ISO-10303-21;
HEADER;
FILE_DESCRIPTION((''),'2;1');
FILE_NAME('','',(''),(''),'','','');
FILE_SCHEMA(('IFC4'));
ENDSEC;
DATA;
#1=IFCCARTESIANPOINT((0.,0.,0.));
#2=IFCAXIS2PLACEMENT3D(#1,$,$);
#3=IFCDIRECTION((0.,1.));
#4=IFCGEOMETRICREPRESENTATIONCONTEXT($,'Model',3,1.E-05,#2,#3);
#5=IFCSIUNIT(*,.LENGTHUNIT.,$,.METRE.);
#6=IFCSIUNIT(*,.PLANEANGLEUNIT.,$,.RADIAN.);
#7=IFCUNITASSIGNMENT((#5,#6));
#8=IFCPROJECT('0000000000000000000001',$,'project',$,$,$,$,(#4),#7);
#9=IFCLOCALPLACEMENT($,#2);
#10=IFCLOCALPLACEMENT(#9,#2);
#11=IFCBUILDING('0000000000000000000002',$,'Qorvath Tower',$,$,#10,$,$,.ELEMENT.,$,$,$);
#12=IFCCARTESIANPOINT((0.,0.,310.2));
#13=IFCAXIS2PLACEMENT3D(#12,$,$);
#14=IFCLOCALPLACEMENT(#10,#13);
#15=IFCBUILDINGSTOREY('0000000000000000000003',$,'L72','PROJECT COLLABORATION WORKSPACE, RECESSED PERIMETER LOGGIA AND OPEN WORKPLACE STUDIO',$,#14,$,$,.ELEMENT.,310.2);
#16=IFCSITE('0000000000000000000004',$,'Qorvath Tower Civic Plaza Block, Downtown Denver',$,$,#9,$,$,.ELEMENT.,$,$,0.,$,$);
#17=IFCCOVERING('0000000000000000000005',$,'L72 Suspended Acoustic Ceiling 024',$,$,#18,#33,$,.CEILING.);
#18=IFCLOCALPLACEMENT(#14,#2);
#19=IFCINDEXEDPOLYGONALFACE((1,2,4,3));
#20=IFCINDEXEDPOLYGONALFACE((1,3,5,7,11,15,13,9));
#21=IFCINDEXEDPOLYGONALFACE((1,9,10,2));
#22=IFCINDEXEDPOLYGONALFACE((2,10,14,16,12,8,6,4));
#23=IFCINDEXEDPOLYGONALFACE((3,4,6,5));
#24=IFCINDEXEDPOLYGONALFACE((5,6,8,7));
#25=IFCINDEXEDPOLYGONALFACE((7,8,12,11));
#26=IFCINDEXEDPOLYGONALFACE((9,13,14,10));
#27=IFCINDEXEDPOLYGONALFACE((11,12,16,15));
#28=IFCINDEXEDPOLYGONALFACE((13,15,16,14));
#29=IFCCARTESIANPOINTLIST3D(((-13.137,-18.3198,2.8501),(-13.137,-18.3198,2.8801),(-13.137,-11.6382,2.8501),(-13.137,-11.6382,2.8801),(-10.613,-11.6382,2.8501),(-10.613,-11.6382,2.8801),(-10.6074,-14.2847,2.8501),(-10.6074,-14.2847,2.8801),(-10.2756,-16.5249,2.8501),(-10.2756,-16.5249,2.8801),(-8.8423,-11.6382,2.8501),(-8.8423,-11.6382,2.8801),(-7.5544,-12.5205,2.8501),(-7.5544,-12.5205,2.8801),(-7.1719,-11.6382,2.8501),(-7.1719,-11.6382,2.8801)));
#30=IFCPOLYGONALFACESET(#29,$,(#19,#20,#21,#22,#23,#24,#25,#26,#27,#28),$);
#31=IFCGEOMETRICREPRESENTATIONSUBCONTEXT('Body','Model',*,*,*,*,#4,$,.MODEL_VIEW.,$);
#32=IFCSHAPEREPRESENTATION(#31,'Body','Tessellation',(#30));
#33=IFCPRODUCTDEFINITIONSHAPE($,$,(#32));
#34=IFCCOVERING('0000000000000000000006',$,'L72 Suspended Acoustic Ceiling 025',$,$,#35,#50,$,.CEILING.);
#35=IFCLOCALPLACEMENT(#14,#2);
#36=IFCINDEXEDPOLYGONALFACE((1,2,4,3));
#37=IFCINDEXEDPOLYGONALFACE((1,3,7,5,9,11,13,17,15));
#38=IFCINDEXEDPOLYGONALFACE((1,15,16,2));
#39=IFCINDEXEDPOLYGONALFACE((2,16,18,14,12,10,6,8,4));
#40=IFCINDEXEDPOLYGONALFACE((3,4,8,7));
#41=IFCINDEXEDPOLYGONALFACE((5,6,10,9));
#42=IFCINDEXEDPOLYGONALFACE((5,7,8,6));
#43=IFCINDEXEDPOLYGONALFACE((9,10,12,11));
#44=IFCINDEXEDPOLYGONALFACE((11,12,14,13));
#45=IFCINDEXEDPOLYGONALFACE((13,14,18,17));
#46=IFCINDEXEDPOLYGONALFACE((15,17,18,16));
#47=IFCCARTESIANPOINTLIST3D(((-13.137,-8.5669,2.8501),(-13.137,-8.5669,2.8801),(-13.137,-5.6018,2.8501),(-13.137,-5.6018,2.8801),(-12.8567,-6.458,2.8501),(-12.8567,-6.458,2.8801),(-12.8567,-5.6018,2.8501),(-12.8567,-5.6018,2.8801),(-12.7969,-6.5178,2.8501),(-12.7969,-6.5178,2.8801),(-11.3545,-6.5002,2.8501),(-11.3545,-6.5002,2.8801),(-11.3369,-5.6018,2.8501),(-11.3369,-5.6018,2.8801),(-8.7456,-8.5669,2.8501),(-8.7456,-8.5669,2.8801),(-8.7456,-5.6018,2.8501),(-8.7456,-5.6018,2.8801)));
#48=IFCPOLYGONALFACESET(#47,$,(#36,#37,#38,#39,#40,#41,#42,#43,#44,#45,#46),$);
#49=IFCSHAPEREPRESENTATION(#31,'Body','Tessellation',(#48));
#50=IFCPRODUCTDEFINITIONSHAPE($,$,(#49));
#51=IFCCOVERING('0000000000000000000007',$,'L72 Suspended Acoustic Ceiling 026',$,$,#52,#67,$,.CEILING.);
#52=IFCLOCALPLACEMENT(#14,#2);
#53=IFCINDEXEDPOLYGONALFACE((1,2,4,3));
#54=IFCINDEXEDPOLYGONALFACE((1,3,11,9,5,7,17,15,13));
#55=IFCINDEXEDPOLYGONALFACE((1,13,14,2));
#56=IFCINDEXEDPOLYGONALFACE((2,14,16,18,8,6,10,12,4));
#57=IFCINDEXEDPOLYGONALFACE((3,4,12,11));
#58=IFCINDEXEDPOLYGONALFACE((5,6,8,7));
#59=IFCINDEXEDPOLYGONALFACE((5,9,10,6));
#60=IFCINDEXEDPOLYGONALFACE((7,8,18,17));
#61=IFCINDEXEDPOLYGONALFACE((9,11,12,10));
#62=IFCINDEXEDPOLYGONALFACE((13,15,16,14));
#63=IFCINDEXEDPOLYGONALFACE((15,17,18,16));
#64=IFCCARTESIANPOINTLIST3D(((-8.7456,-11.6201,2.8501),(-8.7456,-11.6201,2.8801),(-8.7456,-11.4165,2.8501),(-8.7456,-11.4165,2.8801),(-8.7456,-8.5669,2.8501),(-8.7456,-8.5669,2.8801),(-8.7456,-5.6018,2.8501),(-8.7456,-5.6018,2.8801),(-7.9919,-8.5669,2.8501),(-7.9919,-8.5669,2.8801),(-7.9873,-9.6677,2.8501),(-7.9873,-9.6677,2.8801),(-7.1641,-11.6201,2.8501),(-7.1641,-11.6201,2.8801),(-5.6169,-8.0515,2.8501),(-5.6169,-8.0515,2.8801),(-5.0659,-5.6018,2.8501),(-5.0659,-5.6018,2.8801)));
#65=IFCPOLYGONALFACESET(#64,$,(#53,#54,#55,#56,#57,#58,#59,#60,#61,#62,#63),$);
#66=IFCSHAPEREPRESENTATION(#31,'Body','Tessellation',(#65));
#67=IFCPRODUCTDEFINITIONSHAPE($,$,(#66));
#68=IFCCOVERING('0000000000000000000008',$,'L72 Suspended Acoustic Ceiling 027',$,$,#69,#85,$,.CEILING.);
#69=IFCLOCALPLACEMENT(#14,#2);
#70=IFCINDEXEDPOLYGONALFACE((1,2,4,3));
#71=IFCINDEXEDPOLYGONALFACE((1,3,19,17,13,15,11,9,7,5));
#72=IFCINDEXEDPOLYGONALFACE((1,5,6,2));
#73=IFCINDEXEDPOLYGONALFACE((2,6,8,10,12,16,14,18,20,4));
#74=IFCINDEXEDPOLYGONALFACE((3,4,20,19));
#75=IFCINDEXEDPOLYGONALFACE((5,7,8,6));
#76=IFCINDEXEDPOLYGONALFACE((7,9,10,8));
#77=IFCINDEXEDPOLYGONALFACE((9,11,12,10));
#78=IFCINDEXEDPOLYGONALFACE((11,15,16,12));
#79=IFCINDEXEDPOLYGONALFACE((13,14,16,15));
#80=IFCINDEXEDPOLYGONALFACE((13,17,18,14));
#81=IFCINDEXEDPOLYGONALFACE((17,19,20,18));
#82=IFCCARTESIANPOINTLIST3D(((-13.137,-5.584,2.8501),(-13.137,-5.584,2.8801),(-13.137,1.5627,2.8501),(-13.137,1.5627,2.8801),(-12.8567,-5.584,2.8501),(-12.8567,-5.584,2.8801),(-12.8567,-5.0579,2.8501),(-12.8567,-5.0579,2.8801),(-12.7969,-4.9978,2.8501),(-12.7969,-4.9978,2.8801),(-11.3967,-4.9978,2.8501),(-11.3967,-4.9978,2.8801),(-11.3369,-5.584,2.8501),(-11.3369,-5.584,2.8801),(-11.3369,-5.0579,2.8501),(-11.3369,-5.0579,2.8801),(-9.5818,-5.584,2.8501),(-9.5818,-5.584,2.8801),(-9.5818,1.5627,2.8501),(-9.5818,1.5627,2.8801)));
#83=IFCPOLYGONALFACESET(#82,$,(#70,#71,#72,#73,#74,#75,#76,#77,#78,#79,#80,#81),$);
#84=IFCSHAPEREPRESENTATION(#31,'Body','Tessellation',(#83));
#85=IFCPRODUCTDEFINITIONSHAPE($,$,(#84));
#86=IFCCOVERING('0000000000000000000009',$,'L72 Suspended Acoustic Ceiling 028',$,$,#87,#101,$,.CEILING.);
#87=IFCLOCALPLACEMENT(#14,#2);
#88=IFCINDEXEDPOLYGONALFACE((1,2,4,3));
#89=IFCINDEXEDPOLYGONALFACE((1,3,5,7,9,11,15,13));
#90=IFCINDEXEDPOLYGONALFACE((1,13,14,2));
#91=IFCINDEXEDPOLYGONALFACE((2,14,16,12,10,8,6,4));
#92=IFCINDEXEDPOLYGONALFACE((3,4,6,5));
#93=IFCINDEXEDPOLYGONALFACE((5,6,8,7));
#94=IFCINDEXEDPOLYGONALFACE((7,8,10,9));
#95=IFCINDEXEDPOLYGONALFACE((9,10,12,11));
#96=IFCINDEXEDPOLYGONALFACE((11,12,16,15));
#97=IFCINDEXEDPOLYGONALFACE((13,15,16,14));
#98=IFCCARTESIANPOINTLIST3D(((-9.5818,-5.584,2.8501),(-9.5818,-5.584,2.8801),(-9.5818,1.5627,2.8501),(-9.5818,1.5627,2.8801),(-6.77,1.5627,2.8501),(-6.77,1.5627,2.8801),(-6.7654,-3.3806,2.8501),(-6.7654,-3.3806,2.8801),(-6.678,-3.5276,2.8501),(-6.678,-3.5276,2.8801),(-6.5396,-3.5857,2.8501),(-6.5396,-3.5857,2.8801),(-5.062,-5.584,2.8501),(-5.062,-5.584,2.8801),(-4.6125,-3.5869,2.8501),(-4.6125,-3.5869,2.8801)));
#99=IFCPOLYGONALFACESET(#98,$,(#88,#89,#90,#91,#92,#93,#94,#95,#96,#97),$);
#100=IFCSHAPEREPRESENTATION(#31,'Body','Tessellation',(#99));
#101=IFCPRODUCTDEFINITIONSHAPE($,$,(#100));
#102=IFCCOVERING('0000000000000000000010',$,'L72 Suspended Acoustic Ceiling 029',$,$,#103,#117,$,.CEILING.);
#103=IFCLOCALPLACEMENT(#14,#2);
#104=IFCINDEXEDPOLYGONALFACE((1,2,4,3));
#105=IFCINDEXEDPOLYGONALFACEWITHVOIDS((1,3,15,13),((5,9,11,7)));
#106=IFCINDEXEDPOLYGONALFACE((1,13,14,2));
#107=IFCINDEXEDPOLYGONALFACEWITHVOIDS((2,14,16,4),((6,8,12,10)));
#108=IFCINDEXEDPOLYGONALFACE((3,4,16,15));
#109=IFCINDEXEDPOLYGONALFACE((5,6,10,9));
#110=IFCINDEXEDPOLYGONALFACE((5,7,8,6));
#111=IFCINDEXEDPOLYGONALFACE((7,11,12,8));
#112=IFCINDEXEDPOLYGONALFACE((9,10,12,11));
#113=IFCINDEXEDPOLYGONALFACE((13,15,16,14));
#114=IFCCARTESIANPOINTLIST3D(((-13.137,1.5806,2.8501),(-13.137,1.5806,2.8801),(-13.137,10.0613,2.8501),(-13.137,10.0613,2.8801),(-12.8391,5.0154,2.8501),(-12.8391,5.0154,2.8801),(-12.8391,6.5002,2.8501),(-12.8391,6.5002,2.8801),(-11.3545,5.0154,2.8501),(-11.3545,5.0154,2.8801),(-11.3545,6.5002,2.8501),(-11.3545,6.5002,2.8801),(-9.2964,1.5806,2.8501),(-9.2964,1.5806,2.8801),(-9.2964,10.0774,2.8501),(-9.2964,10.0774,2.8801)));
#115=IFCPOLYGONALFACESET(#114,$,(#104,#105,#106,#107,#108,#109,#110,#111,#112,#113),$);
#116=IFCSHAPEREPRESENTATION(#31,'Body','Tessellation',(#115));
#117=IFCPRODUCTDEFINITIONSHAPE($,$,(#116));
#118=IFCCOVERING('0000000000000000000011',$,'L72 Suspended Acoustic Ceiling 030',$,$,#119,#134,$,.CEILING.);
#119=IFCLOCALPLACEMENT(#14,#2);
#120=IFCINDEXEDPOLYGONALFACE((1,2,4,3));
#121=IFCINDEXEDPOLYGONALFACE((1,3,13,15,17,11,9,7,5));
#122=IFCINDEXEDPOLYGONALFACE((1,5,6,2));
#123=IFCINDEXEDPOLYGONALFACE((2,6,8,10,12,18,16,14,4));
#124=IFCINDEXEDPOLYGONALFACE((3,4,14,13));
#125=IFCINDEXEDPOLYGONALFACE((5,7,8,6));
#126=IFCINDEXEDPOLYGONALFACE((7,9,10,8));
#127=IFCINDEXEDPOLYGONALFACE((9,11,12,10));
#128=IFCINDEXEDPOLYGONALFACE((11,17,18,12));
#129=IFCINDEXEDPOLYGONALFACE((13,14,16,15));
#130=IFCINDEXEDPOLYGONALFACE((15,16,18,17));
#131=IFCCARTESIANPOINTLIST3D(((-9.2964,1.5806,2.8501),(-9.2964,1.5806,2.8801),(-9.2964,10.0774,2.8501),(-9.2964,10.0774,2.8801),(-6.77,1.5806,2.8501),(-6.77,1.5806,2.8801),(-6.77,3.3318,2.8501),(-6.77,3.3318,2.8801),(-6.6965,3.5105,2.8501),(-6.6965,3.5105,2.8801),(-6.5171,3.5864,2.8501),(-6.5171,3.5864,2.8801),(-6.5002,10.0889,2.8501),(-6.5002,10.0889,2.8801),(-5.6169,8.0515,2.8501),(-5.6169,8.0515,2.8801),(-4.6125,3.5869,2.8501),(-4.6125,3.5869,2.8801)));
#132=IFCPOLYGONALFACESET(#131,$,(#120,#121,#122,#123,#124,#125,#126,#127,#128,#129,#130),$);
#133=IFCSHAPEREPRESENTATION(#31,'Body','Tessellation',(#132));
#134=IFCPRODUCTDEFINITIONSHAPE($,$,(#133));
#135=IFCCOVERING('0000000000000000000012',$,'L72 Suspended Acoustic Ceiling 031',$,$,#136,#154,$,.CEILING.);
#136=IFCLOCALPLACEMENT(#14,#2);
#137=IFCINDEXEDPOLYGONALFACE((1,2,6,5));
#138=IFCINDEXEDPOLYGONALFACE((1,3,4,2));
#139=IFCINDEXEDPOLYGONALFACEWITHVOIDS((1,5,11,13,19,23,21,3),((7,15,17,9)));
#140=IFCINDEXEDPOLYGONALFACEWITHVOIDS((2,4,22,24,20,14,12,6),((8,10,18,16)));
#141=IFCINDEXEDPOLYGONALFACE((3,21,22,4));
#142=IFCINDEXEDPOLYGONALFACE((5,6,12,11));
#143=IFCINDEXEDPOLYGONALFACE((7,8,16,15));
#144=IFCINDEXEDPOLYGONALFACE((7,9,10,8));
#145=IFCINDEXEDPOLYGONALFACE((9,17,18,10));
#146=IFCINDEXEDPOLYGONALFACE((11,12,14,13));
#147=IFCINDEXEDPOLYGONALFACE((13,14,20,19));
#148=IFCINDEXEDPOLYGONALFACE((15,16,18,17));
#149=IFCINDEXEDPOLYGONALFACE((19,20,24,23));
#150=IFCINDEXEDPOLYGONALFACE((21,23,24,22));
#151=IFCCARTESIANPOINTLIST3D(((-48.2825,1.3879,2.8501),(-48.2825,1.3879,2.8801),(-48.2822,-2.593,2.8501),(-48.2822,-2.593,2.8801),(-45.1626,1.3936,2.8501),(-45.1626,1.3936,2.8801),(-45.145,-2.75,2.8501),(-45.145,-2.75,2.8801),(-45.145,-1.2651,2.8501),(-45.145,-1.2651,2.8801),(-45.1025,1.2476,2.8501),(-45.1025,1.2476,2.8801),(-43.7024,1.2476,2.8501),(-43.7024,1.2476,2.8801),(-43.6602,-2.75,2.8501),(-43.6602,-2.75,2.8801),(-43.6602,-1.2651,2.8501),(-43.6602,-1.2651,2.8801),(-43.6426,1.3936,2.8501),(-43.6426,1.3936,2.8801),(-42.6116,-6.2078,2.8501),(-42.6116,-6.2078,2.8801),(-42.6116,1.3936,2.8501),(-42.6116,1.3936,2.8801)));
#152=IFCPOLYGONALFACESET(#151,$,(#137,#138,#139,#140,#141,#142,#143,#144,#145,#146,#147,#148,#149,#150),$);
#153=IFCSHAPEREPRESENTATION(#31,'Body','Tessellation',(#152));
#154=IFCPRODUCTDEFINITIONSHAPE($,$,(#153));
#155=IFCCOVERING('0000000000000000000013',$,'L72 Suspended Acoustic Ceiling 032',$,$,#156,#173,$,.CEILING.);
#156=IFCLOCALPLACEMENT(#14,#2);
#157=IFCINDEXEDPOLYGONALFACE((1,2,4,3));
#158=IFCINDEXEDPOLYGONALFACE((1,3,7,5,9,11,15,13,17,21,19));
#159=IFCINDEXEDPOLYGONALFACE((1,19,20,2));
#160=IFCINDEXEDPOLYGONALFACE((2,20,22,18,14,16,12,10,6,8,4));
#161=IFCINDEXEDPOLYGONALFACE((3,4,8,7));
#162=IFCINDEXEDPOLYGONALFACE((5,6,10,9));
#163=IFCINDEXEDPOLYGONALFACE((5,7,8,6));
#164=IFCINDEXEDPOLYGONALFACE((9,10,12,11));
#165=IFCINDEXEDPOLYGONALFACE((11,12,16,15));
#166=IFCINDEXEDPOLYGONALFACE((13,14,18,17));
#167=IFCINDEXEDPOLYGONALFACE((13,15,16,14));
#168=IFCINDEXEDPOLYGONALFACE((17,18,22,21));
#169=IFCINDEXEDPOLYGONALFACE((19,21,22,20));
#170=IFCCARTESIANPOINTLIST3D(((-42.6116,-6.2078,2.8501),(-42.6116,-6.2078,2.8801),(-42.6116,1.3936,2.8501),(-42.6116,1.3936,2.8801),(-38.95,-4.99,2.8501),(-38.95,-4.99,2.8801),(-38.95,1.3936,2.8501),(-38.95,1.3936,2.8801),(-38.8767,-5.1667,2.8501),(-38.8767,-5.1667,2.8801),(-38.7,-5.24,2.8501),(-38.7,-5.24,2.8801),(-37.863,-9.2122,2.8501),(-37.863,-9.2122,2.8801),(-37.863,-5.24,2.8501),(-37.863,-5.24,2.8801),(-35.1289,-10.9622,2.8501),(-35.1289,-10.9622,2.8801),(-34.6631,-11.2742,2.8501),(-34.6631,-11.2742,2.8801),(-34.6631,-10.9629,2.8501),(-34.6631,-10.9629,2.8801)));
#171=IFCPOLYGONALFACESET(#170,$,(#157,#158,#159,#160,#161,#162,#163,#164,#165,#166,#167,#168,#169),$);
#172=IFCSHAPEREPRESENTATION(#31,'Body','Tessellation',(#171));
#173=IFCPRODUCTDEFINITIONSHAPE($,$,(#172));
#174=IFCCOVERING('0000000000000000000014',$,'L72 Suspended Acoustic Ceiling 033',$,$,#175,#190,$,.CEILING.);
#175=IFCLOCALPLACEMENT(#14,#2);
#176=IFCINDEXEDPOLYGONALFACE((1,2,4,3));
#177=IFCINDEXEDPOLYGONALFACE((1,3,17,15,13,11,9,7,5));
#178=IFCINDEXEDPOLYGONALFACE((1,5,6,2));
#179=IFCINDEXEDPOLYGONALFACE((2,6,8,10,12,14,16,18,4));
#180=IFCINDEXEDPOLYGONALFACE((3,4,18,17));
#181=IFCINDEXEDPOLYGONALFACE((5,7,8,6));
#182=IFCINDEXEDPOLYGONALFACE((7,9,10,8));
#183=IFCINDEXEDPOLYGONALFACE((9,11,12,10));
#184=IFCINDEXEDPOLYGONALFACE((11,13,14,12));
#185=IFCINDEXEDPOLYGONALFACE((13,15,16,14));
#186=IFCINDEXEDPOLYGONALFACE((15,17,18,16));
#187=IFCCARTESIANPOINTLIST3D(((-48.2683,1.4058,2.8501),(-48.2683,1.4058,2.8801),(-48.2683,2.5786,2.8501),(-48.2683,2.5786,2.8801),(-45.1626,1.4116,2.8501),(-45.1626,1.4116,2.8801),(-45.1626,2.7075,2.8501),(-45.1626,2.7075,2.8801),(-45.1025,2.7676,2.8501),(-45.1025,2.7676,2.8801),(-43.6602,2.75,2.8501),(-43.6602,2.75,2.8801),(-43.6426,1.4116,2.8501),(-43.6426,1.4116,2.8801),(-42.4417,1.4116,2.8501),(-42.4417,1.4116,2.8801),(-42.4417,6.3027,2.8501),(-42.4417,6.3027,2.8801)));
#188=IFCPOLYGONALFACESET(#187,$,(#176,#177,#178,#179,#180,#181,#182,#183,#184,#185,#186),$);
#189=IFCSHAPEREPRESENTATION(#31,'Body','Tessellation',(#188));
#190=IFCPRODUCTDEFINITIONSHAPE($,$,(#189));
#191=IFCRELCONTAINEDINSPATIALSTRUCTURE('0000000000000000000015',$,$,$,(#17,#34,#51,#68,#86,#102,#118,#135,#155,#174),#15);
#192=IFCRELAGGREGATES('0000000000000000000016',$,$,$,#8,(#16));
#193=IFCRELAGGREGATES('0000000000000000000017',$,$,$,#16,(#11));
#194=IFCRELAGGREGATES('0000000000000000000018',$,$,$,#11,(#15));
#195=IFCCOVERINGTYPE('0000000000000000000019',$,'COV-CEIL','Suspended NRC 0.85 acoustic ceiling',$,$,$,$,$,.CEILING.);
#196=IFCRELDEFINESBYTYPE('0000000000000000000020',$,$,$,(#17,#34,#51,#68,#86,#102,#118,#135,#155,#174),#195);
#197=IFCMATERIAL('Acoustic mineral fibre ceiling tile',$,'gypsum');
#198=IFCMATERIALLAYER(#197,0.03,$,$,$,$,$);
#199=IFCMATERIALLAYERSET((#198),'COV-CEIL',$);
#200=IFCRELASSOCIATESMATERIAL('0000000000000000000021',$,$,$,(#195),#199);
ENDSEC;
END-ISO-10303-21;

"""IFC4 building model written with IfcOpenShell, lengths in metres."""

from ifc_helpers import new_model, si_unit, direction, frame, origin, place, context, subcontext, project, spatial, polyline, outline, extrude, material, layer, layer_set, type_object, element, save


model = new_model("IFC4")

# Units and contexts
model_context = context("Model", 3, precision=1e-05, world=origin(), true_north=direction((0.0, 1.0)))
body_context = subcontext(model_context, "Body", "Model", "MODEL_VIEW")
ifc_project = project(units=[si_unit("LENGTHUNIT", "METRE"), si_unit("PLANEANGLEUNIT", "RADIAN")], contexts=[model_context])

# Site, building, storey
site_placement = place(None, origin())
site = spatial("IfcSite", under=ifc_project, at=site_placement, Name="Qorvath Tower Civic Plaza Block, Downtown Denver", CompositionType="ELEMENT", RefElevation=0.0)
building_placement = place(site_placement, origin())
building = spatial("IfcBuilding", under=site, at=building_placement, Name="Qorvath Tower", CompositionType="ELEMENT")
storey_placement = place(building_placement, frame((0.0, 0.0, 310.2)))
storey = spatial("IfcBuildingStorey", under=building, at=storey_placement, Name="L72", Description="PROJECT COLLABORATION WORKSPACE, RECESSED PERIMETER LOGGIA AND OPEN WORKPLACE STUDIO", CompositionType="ELEMENT", Elevation=310.2)

# Coverings
ifc_material_1 = material(Name="Acoustic mineral fibre ceiling tile", Category="gypsum")
ifc_layer_1 = layer(ifc_material_1, 0.03)
ifc_layer_set_1 = layer_set([ifc_layer_1], Name="COV-CEIL")
covering_type_1 = type_object("IfcCoveringType", Name="COV-CEIL", Description="Suspended NRC 0.85 acoustic ceiling", PredefinedType="CEILING", material=ifc_layer_set_1)
covering_1_placement = place(storey_placement, frame((0.0, 0.0, 2.8501)))
element("IfcCovering", 1, at=covering_1_placement, inside=storey, type_object=covering_type_1, Name="L72 Suspended Acoustic Ceiling 024", PredefinedType="CEILING", context=body_context, shape_type="SweptSolid", body=[
    extrude(outline(polyline([(-13.137, -18.3198), (-10.2756, -16.5249), (-7.5544, -12.5205), (-7.1719, -11.6382), (-8.8423, -11.6382), (-10.6074, -14.2847), (-10.613, -11.6382), (-13.137, -11.6382), (-13.137, -18.3198)])), origin(), (0.0, 0.0, 1.0), 0.03),
])
covering_2_placement = place(storey_placement, frame((0.0, 0.0, 2.8501)))
element("IfcCovering", 2, at=covering_2_placement, inside=storey, type_object=covering_type_1, Name="L72 Suspended Acoustic Ceiling 025", PredefinedType="CEILING", context=body_context, shape_type="SweptSolid", body=[
    extrude(outline(polyline([(-8.7456, -8.5669), (-8.7456, -5.6018), (-11.3369, -5.6018), (-11.3545, -6.5002), (-12.7969, -6.5178), (-12.8567, -6.458), (-12.8567, -5.6018), (-13.137, -5.6018), (-13.137, -8.5669), (-8.7456, -8.5669)])), origin(), (0.0, 0.0, 1.0), 0.03),
])
covering_3_placement = place(storey_placement, frame((0.0, 0.0, 2.8501)))
element("IfcCovering", 3, at=covering_3_placement, inside=storey, type_object=covering_type_1, Name="L72 Suspended Acoustic Ceiling 026", PredefinedType="CEILING", context=body_context, shape_type="SweptSolid", body=[
    extrude(outline(polyline([(-7.9873, -9.6677), (-8.7456, -11.4165), (-8.7456, -11.6201), (-7.1641, -11.6201), (-5.6169, -8.0515), (-5.0659, -5.6018), (-8.7456, -5.6018), (-8.7456, -8.5669), (-7.9919, -8.5669), (-7.9873, -9.6677)])), origin(), (0.0, 0.0, 1.0), 0.03),
])
covering_4_placement = place(storey_placement, frame((0.0, 0.0, 2.8501)))
element("IfcCovering", 4, at=covering_4_placement, inside=storey, type_object=covering_type_1, Name="L72 Suspended Acoustic Ceiling 027", PredefinedType="CEILING", context=body_context, shape_type="SweptSolid", body=[
    extrude(outline(polyline([(-9.5818, -5.584), (-9.5818, 1.5627), (-13.137, 1.5627), (-13.137, -5.584), (-12.8567, -5.584), (-12.8567, -5.0579), (-12.7969, -4.9978), (-11.3967, -4.9978), (-11.3369, -5.0579), (-11.3369, -5.584), (-9.5818, -5.584)])), origin(), (0.0, 0.0, 1.0), 0.03),
])
covering_5_placement = place(storey_placement, frame((0.0, 0.0, 2.8501)))
element("IfcCovering", 5, at=covering_5_placement, inside=storey, type_object=covering_type_1, Name="L72 Suspended Acoustic Ceiling 028", PredefinedType="CEILING", context=body_context, shape_type="SweptSolid", body=[
    extrude(outline(polyline([(-6.678, -3.5276), (-6.7654, -3.3806), (-6.77, 1.5627), (-9.5818, 1.5627), (-9.5818, -5.584), (-5.062, -5.584), (-4.6125, -3.5869), (-6.5396, -3.5857), (-6.678, -3.5276)])), origin(), (0.0, 0.0, 1.0), 0.03),
])
covering_6_placement = place(storey_placement, frame((0.0, 0.0, 2.8501)))
element("IfcCovering", 6, at=covering_6_placement, inside=storey, type_object=covering_type_1, Name="L72 Suspended Acoustic Ceiling 029", PredefinedType="CEILING", context=body_context, shape_type="SweptSolid", body=[
    extrude(outline(polyline([(-9.2964, 1.5806), (-9.2964, 10.0774), (-13.137, 10.0613), (-13.137, 1.5806), (-9.2964, 1.5806)]), holes=[polyline([(-12.8391, 5.0154), (-12.8391, 6.5002), (-11.3545, 6.5002), (-11.3545, 5.0154), (-12.8391, 5.0154)])]), origin(), (0.0, 0.0, 1.0), 0.03),
])
covering_7_placement = place(storey_placement, frame((0.0, 0.0, 2.8501)))
element("IfcCovering", 7, at=covering_7_placement, inside=storey, type_object=covering_type_1, Name="L72 Suspended Acoustic Ceiling 030", PredefinedType="CEILING", context=body_context, shape_type="SweptSolid", body=[
    extrude(outline(polyline([(-6.5171, 3.5864), (-4.6125, 3.5869), (-5.6169, 8.0515), (-6.5002, 10.0889), (-9.2964, 10.0774), (-9.2964, 1.5806), (-6.77, 1.5806), (-6.77, 3.3318), (-6.6965, 3.5105), (-6.5171, 3.5864)])), origin(), (0.0, 0.0, 1.0), 0.03),
])
covering_8_placement = place(storey_placement, frame((0.0, 0.0, 2.8501)))
element("IfcCovering", 8, at=covering_8_placement, inside=storey, type_object=covering_type_1, Name="L72 Suspended Acoustic Ceiling 031", PredefinedType="CEILING", context=body_context, shape_type="SweptSolid", body=[
    extrude(outline(polyline([(-48.2825, 1.3879), (-48.2822, -2.593), (-42.6116, -6.2078), (-42.6116, 1.3936), (-43.6426, 1.3936), (-43.7024, 1.2476), (-45.1025, 1.2476), (-45.1626, 1.3936), (-48.2825, 1.3879)]), holes=[polyline([(-45.145, -2.75), (-45.145, -1.2651), (-43.6602, -1.2651), (-43.6602, -2.75), (-45.145, -2.75)])]), origin(), (0.0, 0.0, 1.0), 0.03),
])
covering_9_placement = place(storey_placement, frame((0.0, 0.0, 2.8501)))
element("IfcCovering", 9, at=covering_9_placement, inside=storey, type_object=covering_type_1, Name="L72 Suspended Acoustic Ceiling 032", PredefinedType="CEILING", context=body_context, shape_type="SweptSolid", body=[
    extrude(outline(polyline([(-42.6116, 1.3936), (-42.6116, -6.2078), (-34.6631, -11.2742), (-34.6631, -10.9629), (-35.1289, -10.9622), (-37.863, -9.2122), (-37.863, -5.24), (-38.7, -5.24), (-38.8767, -5.1667), (-38.95, -4.99), (-38.95, 1.3936), (-42.6116, 1.3936)])), origin(), (0.0, 0.0, 1.0), 0.03),
])
covering_10_placement = place(storey_placement, frame((0.0, 0.0, 2.8501)))
element("IfcCovering", 10, at=covering_10_placement, inside=storey, type_object=covering_type_1, Name="L72 Suspended Acoustic Ceiling 033", PredefinedType="CEILING", context=body_context, shape_type="SweptSolid", body=[
    extrude(outline(polyline([(-42.4417, 1.4116), (-42.4417, 6.3027), (-48.2683, 2.5786), (-48.2683, 1.4058), (-45.1626, 1.4116), (-45.1626, 2.7075), (-45.1025, 2.7676), (-43.6602, 2.75), (-43.6426, 1.4116), (-42.4417, 1.4116)])), origin(), (0.0, 0.0, 1.0), 0.03),
])

save(model, "model.ifc")
